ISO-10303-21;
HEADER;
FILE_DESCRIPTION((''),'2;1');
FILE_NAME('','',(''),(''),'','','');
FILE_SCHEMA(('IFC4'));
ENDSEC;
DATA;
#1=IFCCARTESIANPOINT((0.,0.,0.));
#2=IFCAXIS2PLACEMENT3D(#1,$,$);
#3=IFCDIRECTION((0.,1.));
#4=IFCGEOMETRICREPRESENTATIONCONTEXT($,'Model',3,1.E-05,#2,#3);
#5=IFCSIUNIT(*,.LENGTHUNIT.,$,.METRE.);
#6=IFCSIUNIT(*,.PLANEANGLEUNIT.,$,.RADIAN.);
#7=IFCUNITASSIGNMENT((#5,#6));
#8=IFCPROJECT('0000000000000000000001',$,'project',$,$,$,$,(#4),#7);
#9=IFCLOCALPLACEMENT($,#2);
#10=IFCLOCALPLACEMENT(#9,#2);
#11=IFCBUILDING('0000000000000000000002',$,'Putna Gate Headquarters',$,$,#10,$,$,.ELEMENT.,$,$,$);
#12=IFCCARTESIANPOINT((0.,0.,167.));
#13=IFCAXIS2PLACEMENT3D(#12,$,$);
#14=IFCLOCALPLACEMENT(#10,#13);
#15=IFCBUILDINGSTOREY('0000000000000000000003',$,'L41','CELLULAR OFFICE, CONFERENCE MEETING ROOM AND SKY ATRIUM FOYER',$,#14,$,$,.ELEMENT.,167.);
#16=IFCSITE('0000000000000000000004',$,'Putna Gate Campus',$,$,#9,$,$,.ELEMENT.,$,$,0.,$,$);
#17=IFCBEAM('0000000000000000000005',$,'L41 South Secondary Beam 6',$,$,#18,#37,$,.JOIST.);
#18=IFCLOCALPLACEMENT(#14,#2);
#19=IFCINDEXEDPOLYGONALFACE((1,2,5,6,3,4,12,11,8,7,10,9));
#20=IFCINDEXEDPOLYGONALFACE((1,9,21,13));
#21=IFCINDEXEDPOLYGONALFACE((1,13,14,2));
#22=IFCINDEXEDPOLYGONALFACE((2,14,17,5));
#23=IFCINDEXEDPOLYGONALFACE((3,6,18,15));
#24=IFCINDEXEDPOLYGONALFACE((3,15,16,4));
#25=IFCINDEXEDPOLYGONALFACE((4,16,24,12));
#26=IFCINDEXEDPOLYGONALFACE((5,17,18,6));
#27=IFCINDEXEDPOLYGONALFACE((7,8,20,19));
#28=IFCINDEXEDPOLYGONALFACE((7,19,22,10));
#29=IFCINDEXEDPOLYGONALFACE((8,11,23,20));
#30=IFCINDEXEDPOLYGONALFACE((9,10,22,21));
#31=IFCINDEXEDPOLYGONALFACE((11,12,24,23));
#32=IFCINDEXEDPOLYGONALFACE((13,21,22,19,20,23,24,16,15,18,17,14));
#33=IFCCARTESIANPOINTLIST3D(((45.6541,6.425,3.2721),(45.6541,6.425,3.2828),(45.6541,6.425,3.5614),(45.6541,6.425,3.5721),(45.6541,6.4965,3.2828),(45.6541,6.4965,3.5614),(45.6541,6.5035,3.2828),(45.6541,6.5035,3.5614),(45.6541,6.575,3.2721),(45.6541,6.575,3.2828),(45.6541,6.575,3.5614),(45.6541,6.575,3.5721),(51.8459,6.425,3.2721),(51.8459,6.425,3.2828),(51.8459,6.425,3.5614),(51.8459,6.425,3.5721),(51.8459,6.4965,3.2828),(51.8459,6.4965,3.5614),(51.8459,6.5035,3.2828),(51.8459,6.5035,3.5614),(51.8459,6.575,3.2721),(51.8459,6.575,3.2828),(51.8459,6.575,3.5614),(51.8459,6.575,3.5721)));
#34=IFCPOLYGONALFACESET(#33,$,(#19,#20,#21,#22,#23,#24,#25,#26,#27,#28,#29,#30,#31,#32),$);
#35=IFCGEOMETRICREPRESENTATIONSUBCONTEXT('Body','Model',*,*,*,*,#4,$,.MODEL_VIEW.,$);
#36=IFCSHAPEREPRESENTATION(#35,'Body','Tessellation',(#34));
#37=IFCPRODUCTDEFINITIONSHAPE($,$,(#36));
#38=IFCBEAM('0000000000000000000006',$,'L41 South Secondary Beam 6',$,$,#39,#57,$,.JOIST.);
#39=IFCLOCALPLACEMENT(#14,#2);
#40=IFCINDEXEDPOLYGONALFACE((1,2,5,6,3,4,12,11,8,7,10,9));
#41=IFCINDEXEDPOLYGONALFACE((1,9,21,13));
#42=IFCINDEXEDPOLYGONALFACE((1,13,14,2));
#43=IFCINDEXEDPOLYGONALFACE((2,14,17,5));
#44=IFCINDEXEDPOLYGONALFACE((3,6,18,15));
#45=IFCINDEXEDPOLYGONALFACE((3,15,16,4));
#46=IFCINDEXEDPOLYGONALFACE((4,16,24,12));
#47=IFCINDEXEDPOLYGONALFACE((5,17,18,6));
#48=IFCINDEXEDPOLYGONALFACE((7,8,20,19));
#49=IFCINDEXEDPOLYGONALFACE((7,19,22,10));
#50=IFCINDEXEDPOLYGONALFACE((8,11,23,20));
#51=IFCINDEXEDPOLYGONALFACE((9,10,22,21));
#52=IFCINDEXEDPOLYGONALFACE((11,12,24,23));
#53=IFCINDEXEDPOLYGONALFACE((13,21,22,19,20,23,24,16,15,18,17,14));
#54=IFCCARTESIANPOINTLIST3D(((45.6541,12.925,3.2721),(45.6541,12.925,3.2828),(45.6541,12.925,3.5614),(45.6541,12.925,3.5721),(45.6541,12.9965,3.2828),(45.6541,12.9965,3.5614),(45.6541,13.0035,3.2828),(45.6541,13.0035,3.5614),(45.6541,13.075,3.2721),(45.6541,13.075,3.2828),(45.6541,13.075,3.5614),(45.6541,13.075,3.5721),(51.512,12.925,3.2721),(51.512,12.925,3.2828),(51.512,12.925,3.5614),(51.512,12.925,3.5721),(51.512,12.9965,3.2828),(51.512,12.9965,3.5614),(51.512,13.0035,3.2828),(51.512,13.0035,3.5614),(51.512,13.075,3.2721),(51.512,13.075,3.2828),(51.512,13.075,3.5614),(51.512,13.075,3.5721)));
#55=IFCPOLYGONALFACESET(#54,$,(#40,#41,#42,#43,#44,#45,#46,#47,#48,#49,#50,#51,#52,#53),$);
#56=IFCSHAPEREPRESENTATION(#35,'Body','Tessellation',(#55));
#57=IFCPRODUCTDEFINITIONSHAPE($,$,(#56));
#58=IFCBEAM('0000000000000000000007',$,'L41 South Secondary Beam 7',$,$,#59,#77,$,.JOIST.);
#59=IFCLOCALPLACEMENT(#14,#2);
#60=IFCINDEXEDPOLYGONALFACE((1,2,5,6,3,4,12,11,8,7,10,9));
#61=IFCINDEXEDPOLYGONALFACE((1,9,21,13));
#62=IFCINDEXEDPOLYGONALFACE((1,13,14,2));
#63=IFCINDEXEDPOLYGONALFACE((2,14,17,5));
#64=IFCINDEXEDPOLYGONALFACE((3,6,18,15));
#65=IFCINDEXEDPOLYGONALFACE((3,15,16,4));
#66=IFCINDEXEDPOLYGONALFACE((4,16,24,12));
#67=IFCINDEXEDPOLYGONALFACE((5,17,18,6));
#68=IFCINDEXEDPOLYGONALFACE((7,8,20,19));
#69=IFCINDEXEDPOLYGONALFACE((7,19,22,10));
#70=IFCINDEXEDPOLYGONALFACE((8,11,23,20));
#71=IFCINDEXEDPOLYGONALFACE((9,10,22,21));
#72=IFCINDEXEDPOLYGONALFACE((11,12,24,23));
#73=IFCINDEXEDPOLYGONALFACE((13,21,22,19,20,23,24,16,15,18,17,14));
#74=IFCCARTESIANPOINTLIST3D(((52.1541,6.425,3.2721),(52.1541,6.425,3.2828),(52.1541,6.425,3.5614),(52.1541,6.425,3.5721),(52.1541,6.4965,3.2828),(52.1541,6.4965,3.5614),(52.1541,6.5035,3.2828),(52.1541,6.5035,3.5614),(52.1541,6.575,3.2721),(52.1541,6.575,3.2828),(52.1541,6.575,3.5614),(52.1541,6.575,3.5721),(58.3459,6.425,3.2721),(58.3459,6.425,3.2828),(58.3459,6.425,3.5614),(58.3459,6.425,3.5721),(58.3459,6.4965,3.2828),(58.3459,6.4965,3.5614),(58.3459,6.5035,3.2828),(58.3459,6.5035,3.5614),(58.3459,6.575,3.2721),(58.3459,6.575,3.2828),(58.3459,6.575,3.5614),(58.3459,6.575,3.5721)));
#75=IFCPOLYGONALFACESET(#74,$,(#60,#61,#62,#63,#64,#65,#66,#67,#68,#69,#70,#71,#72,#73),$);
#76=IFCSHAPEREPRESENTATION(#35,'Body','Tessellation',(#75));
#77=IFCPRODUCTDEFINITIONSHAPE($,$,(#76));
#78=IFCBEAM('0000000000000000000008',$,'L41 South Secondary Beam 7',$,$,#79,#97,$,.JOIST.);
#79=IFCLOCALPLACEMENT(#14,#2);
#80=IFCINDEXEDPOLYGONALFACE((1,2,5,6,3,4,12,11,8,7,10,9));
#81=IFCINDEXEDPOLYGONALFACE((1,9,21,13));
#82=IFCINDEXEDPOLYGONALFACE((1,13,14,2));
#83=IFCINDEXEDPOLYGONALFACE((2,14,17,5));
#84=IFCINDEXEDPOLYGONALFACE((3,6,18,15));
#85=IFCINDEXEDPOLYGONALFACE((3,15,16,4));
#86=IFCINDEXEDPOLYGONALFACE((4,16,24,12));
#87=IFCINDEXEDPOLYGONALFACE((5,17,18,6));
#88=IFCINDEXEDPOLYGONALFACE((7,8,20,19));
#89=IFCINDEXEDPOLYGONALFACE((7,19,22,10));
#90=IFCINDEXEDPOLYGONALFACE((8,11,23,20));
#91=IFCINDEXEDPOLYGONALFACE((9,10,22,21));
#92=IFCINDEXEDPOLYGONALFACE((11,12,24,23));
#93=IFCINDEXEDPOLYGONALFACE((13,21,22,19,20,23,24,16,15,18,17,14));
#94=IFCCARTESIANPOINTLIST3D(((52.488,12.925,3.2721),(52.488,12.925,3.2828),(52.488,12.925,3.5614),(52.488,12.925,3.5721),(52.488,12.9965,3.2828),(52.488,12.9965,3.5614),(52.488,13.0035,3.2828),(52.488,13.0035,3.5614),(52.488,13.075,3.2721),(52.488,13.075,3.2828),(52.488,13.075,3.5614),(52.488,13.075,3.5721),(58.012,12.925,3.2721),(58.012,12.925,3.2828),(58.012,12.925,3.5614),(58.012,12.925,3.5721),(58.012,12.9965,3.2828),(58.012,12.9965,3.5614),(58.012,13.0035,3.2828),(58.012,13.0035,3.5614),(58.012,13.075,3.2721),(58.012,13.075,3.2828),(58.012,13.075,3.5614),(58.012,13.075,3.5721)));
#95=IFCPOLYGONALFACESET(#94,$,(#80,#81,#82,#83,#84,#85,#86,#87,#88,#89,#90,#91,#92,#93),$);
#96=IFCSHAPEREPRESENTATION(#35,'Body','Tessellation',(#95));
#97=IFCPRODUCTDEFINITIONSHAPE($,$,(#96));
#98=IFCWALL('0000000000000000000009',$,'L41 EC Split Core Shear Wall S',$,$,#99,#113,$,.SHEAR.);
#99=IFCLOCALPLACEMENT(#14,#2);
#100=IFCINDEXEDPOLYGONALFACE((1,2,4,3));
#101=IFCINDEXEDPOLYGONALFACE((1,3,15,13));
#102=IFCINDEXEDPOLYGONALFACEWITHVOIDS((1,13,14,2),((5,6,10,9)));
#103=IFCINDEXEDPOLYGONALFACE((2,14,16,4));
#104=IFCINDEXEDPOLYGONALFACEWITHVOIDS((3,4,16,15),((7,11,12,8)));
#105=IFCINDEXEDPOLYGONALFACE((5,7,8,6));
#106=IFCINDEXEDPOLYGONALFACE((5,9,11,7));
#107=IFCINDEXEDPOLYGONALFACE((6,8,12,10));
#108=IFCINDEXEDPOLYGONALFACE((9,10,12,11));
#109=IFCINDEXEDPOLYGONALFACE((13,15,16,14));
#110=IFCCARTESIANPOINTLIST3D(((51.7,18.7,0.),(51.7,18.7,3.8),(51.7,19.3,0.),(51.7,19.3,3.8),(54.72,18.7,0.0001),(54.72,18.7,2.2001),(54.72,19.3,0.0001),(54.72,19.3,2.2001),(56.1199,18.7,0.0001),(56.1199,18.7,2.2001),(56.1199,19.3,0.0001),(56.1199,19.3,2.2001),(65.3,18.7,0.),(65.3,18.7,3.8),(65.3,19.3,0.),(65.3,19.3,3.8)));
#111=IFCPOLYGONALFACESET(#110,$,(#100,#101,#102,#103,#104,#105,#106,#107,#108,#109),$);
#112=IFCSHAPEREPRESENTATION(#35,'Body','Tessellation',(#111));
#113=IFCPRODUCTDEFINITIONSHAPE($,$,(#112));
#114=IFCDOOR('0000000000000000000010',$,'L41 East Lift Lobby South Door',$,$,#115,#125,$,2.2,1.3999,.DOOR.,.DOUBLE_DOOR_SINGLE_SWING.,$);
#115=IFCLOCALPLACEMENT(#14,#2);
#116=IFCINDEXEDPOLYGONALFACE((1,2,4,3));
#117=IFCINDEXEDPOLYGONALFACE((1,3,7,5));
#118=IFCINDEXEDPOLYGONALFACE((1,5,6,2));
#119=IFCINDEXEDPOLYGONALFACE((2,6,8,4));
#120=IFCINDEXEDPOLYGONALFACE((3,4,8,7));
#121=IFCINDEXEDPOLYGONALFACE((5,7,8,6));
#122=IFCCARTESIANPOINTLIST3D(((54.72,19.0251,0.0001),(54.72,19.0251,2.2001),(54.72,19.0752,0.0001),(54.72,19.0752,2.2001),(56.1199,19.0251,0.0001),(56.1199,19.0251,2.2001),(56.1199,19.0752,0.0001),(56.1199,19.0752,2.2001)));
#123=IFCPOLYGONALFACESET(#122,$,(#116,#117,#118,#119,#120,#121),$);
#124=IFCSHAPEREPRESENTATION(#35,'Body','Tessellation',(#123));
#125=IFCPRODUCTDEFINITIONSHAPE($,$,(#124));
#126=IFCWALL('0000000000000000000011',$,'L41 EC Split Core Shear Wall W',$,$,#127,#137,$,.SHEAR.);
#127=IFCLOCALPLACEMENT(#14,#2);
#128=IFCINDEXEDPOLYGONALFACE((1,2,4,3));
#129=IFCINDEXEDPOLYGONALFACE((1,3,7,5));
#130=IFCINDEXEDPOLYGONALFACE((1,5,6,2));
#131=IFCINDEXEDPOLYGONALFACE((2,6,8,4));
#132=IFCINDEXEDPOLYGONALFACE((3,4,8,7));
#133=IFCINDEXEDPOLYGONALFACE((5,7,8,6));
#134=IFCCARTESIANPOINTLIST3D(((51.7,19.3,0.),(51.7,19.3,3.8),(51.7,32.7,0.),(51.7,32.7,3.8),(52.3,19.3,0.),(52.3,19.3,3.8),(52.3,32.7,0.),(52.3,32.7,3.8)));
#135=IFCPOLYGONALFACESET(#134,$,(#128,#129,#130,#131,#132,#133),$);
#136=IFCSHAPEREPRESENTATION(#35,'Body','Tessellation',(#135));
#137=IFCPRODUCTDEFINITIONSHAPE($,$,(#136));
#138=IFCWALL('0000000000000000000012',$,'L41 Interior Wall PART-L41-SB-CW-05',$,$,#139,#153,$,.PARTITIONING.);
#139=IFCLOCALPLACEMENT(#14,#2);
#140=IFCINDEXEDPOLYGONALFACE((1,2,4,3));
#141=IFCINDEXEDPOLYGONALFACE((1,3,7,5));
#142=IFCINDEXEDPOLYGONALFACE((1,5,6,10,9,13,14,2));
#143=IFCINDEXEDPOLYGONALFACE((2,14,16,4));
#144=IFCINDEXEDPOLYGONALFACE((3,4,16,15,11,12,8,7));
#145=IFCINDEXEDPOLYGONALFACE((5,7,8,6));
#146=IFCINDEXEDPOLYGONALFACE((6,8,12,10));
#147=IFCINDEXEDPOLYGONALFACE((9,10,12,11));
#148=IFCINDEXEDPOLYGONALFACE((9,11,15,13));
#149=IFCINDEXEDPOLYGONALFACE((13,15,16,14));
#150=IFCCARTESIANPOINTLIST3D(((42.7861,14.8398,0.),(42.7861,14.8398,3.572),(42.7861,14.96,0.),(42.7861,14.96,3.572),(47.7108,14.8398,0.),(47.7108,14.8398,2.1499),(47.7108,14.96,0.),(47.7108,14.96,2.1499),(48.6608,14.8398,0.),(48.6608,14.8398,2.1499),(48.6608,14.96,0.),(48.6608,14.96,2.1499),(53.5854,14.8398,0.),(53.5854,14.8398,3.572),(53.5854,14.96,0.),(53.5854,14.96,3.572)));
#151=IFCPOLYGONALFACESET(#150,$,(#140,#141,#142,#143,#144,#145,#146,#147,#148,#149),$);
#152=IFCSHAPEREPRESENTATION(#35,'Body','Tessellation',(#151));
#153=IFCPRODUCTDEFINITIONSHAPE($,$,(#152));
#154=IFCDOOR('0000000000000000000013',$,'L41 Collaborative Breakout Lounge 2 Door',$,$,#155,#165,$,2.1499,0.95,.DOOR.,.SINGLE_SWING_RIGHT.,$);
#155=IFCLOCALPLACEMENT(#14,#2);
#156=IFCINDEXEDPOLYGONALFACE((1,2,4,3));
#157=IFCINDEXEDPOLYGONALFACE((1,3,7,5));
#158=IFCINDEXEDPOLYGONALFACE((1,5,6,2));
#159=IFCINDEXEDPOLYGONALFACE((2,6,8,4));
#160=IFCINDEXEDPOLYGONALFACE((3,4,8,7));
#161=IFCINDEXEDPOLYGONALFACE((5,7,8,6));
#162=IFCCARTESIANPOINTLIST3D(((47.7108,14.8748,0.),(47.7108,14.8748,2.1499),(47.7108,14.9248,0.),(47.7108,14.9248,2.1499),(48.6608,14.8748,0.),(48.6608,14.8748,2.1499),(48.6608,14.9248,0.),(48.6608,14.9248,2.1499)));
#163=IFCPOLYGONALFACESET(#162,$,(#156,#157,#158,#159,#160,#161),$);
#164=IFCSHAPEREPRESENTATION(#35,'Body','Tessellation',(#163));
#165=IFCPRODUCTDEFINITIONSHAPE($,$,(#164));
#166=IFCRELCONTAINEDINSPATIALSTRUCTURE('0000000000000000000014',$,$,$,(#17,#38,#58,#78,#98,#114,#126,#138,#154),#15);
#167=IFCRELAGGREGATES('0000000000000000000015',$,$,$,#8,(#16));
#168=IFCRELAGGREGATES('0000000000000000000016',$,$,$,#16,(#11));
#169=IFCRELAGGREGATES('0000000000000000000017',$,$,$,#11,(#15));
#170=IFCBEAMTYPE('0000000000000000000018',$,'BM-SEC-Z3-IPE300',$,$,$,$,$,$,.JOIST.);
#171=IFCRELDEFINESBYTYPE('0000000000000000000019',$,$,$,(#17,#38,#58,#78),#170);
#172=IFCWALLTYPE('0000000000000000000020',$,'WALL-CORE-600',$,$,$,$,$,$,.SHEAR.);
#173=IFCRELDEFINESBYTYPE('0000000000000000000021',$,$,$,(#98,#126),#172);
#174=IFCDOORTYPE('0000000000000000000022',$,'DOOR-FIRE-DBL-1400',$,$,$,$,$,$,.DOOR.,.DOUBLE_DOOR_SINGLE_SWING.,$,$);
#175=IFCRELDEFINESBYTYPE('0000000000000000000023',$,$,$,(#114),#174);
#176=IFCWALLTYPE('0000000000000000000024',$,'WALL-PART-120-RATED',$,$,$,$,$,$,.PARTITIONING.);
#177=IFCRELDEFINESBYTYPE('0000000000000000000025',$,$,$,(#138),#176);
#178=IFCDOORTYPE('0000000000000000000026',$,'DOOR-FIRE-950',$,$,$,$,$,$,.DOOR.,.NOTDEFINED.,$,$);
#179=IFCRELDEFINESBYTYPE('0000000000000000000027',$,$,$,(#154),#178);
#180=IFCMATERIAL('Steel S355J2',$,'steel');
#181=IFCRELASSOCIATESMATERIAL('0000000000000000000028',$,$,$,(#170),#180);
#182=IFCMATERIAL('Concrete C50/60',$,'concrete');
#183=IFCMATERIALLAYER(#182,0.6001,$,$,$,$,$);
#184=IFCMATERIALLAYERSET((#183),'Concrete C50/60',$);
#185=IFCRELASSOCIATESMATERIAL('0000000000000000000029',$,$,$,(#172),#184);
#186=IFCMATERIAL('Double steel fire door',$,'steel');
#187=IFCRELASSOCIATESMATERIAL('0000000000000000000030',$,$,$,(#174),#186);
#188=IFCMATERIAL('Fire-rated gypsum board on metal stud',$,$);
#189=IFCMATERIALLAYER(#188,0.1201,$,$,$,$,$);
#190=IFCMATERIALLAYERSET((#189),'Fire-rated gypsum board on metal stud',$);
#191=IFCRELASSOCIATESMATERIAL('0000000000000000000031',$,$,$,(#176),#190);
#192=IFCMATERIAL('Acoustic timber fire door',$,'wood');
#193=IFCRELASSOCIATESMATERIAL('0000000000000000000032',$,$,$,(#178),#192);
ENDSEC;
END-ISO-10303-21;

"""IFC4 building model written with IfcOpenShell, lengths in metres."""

from ifc_helpers import new_model, si_unit, direction, frame, frame_2d, origin, origin_2d, place, context, subcontext, project, spatial, rectangle, i_section, extrude, material, layer, layer_set, material_profile, profile_set, type_object, element, fill, save


model = new_model("IFC4")

# Units and contexts
model_context = context("Model", 3, precision=1e-05, world=origin(), true_north=direction((0.0, 1.0)))
body_context = subcontext(model_context, "Body", "Model", "MODEL_VIEW")
ifc_project = project(units=[si_unit("LENGTHUNIT", "METRE"), si_unit("PLANEANGLEUNIT", "RADIAN")], contexts=[model_context])

# Site, building, storey
site_placement = place(None, origin())
site = spatial("IfcSite", under=ifc_project, at=site_placement, Name="Putna Gate Campus", CompositionType="ELEMENT", RefElevation=0.0)
building_placement = place(site_placement, origin())
building = spatial("IfcBuilding", under=site, at=building_placement, Name="Putna Gate Headquarters", CompositionType="ELEMENT")
storey_placement = place(building_placement, frame((0.0, 0.0, 167.0)))
storey = spatial("IfcBuildingStorey", under=building, at=storey_placement, Name="L41", Description="CELLULAR OFFICE, CONFERENCE MEETING ROOM AND SKY ATRIUM FOYER", CompositionType="ELEMENT", Elevation=167.0)

# Shared definitions
ifc_material_1 = material(Name="Concrete C50/60", Category="concrete")

# Beams
ifc_material_2 = material(Name="Steel S355J2", Category="steel")
ifc_material_profile_1 = material_profile(ifc_material_2, i_section(OverallWidth=0.1499, OverallDepth=0.3, WebThickness=0.0071, FlangeThickness=0.0107, at=origin_2d()), Name="Steel S355J2")
ifc_profile_set_1 = profile_set([ifc_material_profile_1], Name="Steel S355J2")
beam_type_1 = type_object("IfcBeamType", Name="BM-SEC-Z3-IPE300", PredefinedType="JOIST", material=ifc_profile_set_1)
for number, where, z_axis, x_axis, name in (
    (1, (45.6541, 6.5, 3.4221), (1.0, 0.0, 0.0), (0.0, 1.0, 0.0), "L41 South Secondary Beam 6"),
):
    element("IfcBeam", number, at=place(storey_placement, frame(where, z_axis=z_axis, x_axis=x_axis)), inside=storey, type_object=beam_type_1, Name=name, PredefinedType="JOIST", context=body_context, shape_type="SweptSolid", body=[
        extrude(i_section(OverallWidth=0.1499, OverallDepth=0.3, WebThickness=0.0071, FlangeThickness=0.0107, at=origin_2d()), origin(), (0.0, 0.0, 1.0), 6.1919),
    ])
beam_1_placement = place(storey_placement, frame((45.6541, 13.0, 3.4221), z_axis=(1.0, 0.0, 0.0), x_axis=(0.0, 1.0, 0.0)))
element("IfcBeam", 2, at=beam_1_placement, inside=storey, type_object=beam_type_1, Name="L41 South Secondary Beam 6", PredefinedType="JOIST", context=body_context, shape_type="SweptSolid", body=[
    extrude(i_section(OverallWidth=0.1499, OverallDepth=0.3, WebThickness=0.0071, FlangeThickness=0.0107, at=origin_2d()), origin(), (0.0, 0.0, 1.0), 5.8579),
])
beam_2_placement = place(storey_placement, frame((52.1541, 6.5, 3.4221), z_axis=(1.0, 0.0, 0.0), x_axis=(0.0, 1.0, 0.0)))
element("IfcBeam", 3, at=beam_2_placement, inside=storey, type_object=beam_type_1, Name="L41 South Secondary Beam 7", PredefinedType="JOIST", context=body_context, shape_type="SweptSolid", body=[
    extrude(i_section(OverallWidth=0.1499, OverallDepth=0.3, WebThickness=0.0071, FlangeThickness=0.0107, at=origin_2d()), origin(), (0.0, 0.0, 1.0), 6.1919),
])
beam_3_placement = place(storey_placement, frame((52.488, 13.0, 3.4221), z_axis=(1.0, 0.0, 0.0), x_axis=(0.0, 1.0, 0.0)))
element("IfcBeam", 4, at=beam_3_placement, inside=storey, type_object=beam_type_1, Name="L41 South Secondary Beam 7", PredefinedType="JOIST", context=body_context, shape_type="SweptSolid", body=[
    extrude(i_section(OverallWidth=0.1499, OverallDepth=0.3, WebThickness=0.0071, FlangeThickness=0.0107, at=origin_2d()), origin(), (0.0, 0.0, 1.0), 5.5239),
])

# Wall, opening, door
ifc_layer_1 = layer(ifc_material_1, 0.6001)
ifc_layer_set_1 = layer_set([ifc_layer_1], Name="Concrete C50/60")
wall_type_1 = type_object("IfcWallType", Name="WALL-CORE-600", PredefinedType="SHEAR", material=ifc_layer_set_1)
wall_1_placement = place(storey_placement, frame((51.7, 19.0, 0.0), z_axis=(0.0, 0.0, 1.0), x_axis=(1.0, 0.0, 0.0)))
wall_1 = element("IfcWall", 5, at=wall_1_placement, inside=storey, type_object=wall_type_1, Name="L41 EC Split Core Shear Wall S", PredefinedType="SHEAR", context=body_context, shape_type="SweptSolid", body=[
    extrude(rectangle(XDim=13.6001, YDim=0.6001, at=frame_2d((6.8, 0.0))), origin(), (0.0, 0.0, 1.0), 3.8),
])
opening_1_placement = place(wall_1_placement, frame((3.02, 0.0, 0.0)))
opening_1 = element("IfcOpeningElement", 6, at=opening_1_placement, cuts=wall_1, PredefinedType="OPENING", context=body_context, shape_type="SweptSolid", body=[
    extrude(rectangle(XDim=1.3999, YDim=2.2, at=frame_2d((0.7, 1.1001))), frame((0.0, 0.3101, 0.0), z_axis=(0.0, -1.0, 0.0), x_axis=(1.0, 0.0, 0.0)), (0.0, 0.0, 1.0), 0.6201),
])
ifc_material_3 = material(Name="Double steel fire door", Category="steel")
door_type_1 = type_object("IfcDoorType", Name="DOOR-FIRE-DBL-1400", OperationType="DOUBLE_DOOR_SINGLE_SWING", PredefinedType="DOOR", material=ifc_material_3)
door_1_placement = place(opening_1_placement, origin())
door_1 = element("IfcDoor", 7, at=door_1_placement, inside=storey, type_object=door_type_1, Name="L41 East Lift Lobby South Door", OperationType="DOUBLE_DOOR_SINGLE_SWING", OverallHeight=2.2, OverallWidth=1.3999, PredefinedType="DOOR", context=body_context, shape_type="SweptSolid", body=[
    extrude(rectangle(XDim=1.3999, YDim=2.2, at=frame_2d((0.7, 1.1001))), frame((0.0, 0.0752, 0.0), z_axis=(0.0, -1.0, 0.0), x_axis=(1.0, 0.0, 0.0)), (0.0, 0.0, 1.0), 0.05),
])
fill(opening_1, door_1)

# Wall
wall_2_placement = place(storey_placement, frame((52.0, 19.3, 0.0), z_axis=(0.0, 0.0, 1.0), x_axis=(0.0, 1.0, 0.0)))
element("IfcWall", 8, at=wall_2_placement, inside=storey, type_object=wall_type_1, Name="L41 EC Split Core Shear Wall W", PredefinedType="SHEAR", context=body_context, shape_type="SweptSolid", body=[
    extrude(rectangle(XDim=13.3999, YDim=0.6001, at=frame_2d((6.7, 0.0))), origin(), (0.0, 0.0, 1.0), 3.8),
])

# Wall, opening, door
ifc_material_4 = material(Name="Fire-rated gypsum board on metal stud")
ifc_layer_2 = layer(ifc_material_4, 0.1201)
ifc_layer_set_2 = layer_set([ifc_layer_2], Name="Fire-rated gypsum board on metal stud")
wall_type_2 = type_object("IfcWallType", Name="WALL-PART-120-RATED", PredefinedType="PARTITIONING", material=ifc_layer_set_2)
wall_3_placement = place(storey_placement, frame((42.7861, 14.8999, 0.0), z_axis=(0.0, 0.0, 1.0), x_axis=(1.0, 0.0, 0.0)))
wall_3 = element("IfcWall", 9, at=wall_3_placement, inside=storey, type_object=wall_type_2, Name="L41 Interior Wall PART-L41-SB-CW-05", PredefinedType="PARTITIONING", context=body_context, shape_type="SweptSolid", body=[
    extrude(rectangle(XDim=10.7993, YDim=0.1201, at=frame_2d((5.3997, 0.0))), origin(), (0.0, 0.0, 1.0), 3.572),
])
opening_2_placement = place(wall_3_placement, frame((4.9246, 0.0, 0.0)))
opening_2 = element("IfcOpeningElement", 10, at=opening_2_placement, cuts=wall_3, PredefinedType="OPENING", context=body_context, shape_type="SweptSolid", body=[
    extrude(rectangle(XDim=0.95, YDim=2.1499, at=frame_2d((0.4751, 1.075))), frame((0.0, 0.0701, 0.0), z_axis=(0.0, -1.0, 0.0), x_axis=(1.0, 0.0, 0.0)), (0.0, 0.0, 1.0), 0.1401),
])
ifc_material_5 = material(Name="Acoustic timber fire door", Category="wood")
door_type_2 = type_object("IfcDoorType", Name="DOOR-FIRE-950", OperationType="NOTDEFINED", PredefinedType="DOOR", material=ifc_material_5)
door_2_placement = place(opening_2_placement, origin())
door_2 = element("IfcDoor", 11, at=door_2_placement, inside=storey, type_object=door_type_2, Name="L41 Collaborative Breakout Lounge 2 Door", OperationType="SINGLE_SWING_RIGHT", OverallHeight=2.1499, OverallWidth=0.95, PredefinedType="DOOR", context=body_context, shape_type="SweptSolid", body=[
    extrude(rectangle(XDim=0.95, YDim=2.1499, at=frame_2d((0.4751, 1.075))), frame((0.0, 0.0249, 0.0), z_axis=(0.0, -1.0, 0.0), x_axis=(1.0, 0.0, 0.0)), (0.0, 0.0, 1.0), 0.05),
])
fill(opening_2, door_2)

save(model, "model.ifc")
